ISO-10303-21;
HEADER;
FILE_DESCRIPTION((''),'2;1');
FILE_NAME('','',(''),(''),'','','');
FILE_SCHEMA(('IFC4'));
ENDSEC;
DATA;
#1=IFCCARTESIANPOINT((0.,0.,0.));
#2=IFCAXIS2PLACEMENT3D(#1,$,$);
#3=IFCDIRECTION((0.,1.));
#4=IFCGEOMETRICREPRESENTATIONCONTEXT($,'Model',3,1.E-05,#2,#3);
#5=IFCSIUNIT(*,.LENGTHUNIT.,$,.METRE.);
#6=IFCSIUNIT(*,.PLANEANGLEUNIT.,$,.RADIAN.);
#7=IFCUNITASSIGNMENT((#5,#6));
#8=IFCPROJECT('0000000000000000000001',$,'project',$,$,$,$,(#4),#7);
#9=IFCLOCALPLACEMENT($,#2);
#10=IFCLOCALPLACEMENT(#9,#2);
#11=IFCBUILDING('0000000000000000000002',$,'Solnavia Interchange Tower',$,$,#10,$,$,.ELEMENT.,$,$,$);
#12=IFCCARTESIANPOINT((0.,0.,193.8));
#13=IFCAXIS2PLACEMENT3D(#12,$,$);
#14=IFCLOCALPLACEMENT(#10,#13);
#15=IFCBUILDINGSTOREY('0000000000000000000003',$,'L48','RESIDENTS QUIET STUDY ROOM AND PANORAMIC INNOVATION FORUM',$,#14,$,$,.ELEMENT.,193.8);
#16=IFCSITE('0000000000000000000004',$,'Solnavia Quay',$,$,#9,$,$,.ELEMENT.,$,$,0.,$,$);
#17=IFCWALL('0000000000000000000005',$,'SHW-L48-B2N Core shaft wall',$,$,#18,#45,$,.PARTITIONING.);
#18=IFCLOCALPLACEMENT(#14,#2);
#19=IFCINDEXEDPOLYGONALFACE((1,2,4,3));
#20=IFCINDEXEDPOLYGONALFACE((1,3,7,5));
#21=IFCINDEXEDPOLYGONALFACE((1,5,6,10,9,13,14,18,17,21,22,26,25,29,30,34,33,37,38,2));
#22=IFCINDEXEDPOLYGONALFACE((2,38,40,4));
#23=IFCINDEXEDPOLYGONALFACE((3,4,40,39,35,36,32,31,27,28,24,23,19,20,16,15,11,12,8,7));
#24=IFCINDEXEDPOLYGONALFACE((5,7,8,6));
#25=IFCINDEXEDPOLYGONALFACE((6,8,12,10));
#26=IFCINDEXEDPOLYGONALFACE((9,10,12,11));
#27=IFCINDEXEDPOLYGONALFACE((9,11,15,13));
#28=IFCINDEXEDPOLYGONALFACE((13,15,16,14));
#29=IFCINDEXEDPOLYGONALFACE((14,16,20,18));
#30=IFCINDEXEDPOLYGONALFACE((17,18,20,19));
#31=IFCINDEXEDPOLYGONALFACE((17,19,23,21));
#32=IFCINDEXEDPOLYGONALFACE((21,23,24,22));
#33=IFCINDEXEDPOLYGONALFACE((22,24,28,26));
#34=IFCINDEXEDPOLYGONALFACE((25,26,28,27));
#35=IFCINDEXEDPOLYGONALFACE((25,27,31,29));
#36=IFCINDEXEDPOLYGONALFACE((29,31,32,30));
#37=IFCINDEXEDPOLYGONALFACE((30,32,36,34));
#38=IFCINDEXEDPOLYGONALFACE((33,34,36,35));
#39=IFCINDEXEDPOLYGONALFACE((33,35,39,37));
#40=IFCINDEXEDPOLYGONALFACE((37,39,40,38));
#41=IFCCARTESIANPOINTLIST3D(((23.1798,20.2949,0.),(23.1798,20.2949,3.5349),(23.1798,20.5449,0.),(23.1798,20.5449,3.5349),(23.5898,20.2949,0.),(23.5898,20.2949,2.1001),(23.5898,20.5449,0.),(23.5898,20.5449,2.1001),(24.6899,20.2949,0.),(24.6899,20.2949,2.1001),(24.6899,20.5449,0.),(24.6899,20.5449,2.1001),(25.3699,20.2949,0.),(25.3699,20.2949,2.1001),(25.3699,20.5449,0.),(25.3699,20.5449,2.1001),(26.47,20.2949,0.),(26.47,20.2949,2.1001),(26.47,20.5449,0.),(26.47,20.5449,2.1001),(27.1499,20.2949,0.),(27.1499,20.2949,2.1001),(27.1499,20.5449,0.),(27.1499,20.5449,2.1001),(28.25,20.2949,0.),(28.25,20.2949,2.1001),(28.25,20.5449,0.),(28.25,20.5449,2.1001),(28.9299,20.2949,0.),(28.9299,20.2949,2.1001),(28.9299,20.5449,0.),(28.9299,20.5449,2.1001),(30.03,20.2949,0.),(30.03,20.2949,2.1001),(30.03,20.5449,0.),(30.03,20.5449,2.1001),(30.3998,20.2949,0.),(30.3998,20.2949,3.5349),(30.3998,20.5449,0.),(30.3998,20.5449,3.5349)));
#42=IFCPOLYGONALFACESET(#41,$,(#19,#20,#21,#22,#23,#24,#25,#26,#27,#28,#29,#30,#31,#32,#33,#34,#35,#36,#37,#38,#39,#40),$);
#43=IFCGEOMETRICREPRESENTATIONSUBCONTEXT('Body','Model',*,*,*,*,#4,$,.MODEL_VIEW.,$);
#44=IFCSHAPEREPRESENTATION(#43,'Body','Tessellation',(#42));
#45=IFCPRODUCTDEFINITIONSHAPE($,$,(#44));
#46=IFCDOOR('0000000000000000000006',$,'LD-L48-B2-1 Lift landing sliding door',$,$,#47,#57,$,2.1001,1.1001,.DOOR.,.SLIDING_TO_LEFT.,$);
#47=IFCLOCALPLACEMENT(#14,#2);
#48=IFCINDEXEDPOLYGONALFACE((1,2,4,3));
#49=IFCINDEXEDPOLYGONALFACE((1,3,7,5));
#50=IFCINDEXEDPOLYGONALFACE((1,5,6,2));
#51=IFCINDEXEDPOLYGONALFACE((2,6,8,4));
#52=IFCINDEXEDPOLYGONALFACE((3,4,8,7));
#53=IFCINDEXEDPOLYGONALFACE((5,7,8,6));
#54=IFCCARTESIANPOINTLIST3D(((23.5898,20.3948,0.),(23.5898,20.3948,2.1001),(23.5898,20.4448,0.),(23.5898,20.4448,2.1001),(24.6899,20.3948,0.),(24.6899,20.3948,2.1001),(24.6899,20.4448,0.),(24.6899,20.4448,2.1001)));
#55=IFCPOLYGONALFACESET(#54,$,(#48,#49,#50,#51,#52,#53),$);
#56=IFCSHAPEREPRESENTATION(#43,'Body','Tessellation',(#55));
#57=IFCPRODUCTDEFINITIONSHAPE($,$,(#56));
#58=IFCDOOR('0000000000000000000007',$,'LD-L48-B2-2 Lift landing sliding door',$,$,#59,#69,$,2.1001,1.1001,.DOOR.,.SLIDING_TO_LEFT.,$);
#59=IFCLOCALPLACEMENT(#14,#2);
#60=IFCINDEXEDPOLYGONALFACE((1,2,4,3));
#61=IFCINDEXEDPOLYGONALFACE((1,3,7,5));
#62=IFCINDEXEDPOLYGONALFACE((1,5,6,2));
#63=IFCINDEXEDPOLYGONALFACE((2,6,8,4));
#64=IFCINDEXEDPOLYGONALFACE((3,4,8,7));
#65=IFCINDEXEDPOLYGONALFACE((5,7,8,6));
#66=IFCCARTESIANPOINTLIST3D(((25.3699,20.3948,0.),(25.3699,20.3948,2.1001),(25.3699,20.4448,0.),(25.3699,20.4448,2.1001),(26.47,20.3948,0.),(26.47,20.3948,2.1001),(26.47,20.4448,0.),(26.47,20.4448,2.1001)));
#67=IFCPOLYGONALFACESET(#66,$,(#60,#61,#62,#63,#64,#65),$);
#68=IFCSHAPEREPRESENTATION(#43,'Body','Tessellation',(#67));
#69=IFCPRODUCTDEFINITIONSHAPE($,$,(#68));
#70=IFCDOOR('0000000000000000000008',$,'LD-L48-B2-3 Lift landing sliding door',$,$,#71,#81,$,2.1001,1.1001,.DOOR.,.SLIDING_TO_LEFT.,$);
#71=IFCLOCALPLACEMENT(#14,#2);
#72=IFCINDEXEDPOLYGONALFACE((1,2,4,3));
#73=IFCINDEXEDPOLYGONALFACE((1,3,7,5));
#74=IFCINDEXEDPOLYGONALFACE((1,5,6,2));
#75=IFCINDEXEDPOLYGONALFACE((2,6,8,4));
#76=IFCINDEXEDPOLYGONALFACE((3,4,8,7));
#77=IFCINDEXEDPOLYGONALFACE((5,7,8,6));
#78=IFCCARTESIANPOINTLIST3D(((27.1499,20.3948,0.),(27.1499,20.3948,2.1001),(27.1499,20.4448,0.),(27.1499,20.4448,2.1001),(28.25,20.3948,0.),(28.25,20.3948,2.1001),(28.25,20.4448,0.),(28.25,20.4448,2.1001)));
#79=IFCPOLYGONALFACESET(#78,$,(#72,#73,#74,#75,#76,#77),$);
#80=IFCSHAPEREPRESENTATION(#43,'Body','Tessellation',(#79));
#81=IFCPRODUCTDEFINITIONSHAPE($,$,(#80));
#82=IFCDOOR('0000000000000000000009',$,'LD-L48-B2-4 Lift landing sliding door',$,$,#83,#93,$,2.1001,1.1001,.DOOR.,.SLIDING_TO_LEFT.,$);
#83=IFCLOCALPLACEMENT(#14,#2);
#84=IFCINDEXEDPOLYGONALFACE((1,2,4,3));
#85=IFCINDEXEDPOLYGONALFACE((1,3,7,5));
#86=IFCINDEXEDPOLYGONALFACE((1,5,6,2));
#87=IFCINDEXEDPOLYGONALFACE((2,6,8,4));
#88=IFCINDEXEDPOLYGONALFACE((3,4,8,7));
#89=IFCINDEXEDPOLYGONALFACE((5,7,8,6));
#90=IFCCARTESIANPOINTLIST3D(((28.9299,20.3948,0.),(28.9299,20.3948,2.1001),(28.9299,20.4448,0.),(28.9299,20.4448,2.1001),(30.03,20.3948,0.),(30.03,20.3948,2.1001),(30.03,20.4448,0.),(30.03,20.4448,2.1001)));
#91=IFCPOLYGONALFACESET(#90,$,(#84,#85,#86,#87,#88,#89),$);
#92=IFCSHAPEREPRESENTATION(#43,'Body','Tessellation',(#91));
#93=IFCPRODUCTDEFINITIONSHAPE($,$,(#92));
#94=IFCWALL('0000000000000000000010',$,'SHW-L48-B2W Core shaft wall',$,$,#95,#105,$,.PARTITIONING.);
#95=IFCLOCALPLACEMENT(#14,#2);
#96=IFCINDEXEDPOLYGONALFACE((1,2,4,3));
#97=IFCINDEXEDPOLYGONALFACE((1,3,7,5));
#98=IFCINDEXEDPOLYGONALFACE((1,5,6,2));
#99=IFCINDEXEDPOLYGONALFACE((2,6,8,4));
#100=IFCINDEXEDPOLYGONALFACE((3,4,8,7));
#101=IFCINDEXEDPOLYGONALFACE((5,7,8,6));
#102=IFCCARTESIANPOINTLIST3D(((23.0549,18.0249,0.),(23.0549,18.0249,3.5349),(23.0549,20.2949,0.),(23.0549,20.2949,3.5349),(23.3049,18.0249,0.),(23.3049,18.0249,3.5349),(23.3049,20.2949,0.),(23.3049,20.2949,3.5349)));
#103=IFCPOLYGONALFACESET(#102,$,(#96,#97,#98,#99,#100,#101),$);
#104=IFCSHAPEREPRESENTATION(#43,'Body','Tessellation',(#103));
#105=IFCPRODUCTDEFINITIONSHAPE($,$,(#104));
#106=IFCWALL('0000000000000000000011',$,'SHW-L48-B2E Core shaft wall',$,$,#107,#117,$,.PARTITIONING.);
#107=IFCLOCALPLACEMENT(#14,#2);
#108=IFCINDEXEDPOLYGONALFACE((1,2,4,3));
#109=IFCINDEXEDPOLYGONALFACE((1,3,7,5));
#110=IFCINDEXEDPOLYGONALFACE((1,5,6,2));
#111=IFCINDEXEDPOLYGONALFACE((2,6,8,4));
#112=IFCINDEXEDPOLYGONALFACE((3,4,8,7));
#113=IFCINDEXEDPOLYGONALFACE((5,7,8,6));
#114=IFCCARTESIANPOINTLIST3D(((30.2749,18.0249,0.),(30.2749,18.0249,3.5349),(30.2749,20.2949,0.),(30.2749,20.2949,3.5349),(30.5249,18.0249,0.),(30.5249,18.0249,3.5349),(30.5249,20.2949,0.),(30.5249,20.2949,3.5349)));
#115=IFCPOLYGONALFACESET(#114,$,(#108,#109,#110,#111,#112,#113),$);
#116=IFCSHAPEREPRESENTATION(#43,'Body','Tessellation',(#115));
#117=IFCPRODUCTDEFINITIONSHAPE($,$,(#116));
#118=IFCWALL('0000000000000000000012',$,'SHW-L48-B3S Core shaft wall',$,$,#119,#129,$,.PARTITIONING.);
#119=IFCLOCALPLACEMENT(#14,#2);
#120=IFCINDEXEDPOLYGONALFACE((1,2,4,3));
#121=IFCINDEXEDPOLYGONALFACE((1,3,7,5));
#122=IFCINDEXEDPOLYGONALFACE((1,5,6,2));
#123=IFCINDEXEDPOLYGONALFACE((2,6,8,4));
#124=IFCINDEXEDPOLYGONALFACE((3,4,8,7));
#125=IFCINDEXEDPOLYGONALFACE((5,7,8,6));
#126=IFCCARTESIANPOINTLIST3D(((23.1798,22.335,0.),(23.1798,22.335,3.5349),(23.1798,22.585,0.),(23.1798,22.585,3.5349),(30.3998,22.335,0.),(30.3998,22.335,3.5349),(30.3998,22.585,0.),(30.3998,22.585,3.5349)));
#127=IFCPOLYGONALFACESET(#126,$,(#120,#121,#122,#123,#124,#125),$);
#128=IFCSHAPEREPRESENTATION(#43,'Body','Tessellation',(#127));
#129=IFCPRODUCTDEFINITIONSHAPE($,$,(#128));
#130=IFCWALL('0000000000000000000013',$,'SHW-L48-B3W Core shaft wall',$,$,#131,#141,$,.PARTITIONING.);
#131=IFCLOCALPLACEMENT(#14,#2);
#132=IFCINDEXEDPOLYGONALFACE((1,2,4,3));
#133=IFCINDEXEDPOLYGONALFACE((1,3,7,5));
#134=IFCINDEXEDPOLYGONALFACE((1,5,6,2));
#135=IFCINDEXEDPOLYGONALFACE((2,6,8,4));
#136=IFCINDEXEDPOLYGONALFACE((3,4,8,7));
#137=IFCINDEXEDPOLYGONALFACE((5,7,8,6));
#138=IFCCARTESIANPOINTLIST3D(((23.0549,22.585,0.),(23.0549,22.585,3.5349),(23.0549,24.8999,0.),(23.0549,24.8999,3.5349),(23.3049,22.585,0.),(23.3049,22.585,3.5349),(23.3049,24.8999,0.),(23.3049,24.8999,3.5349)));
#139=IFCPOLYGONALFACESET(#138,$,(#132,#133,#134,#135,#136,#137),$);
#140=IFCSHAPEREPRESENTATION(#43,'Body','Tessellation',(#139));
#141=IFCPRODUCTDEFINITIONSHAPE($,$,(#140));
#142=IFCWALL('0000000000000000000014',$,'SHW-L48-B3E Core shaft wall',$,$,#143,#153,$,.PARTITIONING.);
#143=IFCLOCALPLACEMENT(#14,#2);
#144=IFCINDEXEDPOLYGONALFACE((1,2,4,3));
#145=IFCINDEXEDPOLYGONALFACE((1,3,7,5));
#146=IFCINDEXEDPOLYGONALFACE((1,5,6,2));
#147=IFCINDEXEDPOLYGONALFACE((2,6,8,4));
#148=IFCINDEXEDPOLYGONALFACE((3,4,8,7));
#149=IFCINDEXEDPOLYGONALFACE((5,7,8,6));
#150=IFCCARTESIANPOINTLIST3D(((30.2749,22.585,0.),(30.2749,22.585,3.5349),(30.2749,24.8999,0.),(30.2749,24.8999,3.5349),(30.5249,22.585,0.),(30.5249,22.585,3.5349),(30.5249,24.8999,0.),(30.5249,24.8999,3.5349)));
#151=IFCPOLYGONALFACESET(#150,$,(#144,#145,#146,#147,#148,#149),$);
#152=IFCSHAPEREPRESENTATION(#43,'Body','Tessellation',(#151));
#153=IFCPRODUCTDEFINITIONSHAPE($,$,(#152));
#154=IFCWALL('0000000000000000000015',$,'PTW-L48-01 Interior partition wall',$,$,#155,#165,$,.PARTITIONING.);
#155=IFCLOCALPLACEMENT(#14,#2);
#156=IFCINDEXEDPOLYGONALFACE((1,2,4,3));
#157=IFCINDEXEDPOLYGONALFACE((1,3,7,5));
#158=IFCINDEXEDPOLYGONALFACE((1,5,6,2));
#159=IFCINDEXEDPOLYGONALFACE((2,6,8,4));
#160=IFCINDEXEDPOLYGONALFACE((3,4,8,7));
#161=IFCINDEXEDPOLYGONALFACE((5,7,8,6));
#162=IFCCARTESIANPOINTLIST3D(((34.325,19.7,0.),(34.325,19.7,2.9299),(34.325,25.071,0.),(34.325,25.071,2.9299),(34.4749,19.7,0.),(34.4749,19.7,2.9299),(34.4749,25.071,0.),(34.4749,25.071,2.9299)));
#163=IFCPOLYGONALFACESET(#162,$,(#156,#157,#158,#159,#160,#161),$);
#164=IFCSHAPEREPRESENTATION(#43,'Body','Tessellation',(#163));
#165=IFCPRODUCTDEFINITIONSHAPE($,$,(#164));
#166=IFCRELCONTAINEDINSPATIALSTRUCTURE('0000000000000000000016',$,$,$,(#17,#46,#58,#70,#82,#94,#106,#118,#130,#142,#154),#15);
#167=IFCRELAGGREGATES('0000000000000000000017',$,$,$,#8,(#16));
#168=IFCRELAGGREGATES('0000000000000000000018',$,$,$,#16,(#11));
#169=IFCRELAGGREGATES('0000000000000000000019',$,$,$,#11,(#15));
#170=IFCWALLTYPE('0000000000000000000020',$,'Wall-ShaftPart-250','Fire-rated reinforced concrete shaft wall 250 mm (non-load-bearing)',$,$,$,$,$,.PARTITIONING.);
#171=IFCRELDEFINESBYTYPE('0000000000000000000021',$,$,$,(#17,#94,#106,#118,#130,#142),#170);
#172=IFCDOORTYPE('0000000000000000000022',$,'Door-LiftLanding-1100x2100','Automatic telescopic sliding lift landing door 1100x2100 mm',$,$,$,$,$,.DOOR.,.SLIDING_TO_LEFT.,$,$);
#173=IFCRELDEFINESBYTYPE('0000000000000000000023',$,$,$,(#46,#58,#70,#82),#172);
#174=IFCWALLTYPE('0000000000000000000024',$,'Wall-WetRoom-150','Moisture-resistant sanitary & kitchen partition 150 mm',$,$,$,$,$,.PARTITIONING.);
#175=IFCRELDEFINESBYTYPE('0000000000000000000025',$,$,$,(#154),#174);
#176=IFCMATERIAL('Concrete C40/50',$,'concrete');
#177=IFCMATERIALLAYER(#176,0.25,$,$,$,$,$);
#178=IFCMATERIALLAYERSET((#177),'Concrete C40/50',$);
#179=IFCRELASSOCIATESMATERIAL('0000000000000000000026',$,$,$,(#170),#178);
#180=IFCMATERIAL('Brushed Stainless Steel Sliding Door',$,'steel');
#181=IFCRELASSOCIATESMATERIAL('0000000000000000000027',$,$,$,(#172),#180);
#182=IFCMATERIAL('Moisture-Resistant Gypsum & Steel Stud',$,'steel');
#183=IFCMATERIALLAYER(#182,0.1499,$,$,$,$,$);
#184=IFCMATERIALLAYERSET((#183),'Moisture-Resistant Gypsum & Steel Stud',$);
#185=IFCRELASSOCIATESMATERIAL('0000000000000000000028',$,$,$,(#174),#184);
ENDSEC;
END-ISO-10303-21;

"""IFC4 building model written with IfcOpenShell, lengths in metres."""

from ifc_helpers import new_model, si_unit, direction, frame, frame_2d, origin, place, context, subcontext, project, spatial, rectangle, extrude, material, layer, layer_set, type_object, element, fill, save


model = new_model("IFC4")

# Units and contexts
model_context = context("Model", 3, precision=1e-05, world=origin(), true_north=direction((0.0, 1.0)))
body_context = subcontext(model_context, "Body", "Model", "MODEL_VIEW")
ifc_project = project(units=[si_unit("LENGTHUNIT", "METRE"), si_unit("PLANEANGLEUNIT", "RADIAN")], contexts=[model_context])

# Site, building, storey
site_placement = place(None, origin())
site = spatial("IfcSite", under=ifc_project, at=site_placement, Name="Solnavia Quay", CompositionType="ELEMENT", RefElevation=0.0)
building_placement = place(site_placement, origin())
building = spatial("IfcBuilding", under=site, at=building_placement, Name="Solnavia Interchange Tower", CompositionType="ELEMENT")
storey_placement = place(building_placement, frame((0.0, 0.0, 193.8)))
storey = spatial("IfcBuildingStorey", under=building, at=storey_placement, Name="L48", Description="RESIDENTS QUIET STUDY ROOM AND PANORAMIC INNOVATION FORUM", CompositionType="ELEMENT", Elevation=193.8)

# Shared definitions
ifc_material_1 = material(Name="Concrete C40/50", Category="concrete")

# Shared definitions
ifc_layer_1 = layer(ifc_material_1, 0.25)
ifc_layer_set_1 = layer_set([ifc_layer_1], Name="Concrete C40/50")
wall_type_1 = type_object("IfcWallType", Name="Wall-ShaftPart-250", Description="Fire-rated reinforced concrete shaft wall 250 mm (non-load-bearing)", PredefinedType="PARTITIONING", material=ifc_layer_set_1)

# Shared definitions
ifc_material_2 = material(Name="Brushed Stainless Steel Sliding Door", Category="steel")
door_type_1 = type_object("IfcDoorType", Name="Door-LiftLanding-1100x2100", Description="Automatic telescopic sliding lift landing door 1100x2100 mm", OperationType="SLIDING_TO_LEFT", PredefinedType="DOOR", material=ifc_material_2)

# Wall, openings, doors
wall_1_placement = place(storey_placement, frame((23.1799, 20.4199, 0.0), z_axis=(0.0, 0.0, 1.0), x_axis=(1.0, 0.0, 0.0)))
wall_1 = element("IfcWall", 1, at=wall_1_placement, inside=storey, type_object=wall_type_1, Name="SHW-L48-B2N Core shaft wall", PredefinedType="PARTITIONING", context=body_context, shape_type="SweptSolid", body=[
    extrude(rectangle(XDim=7.22, YDim=0.25, at=frame_2d((3.6099, 0.0))), origin(), (0.0, 0.0, 1.0), 3.5349),
])
opening_1_placement = place(wall_1_placement, frame((0.4099, 0.0, 0.0)))
opening_1 = element("IfcOpeningElement", 2, at=opening_1_placement, cuts=wall_1, PredefinedType="OPENING", context=body_context, shape_type="SweptSolid", body=[
    extrude(rectangle(XDim=1.1001, YDim=2.1001, at=frame_2d((0.55, 1.05))), frame((0.0, 0.135, 0.0), z_axis=(0.0, -1.0, 0.0), x_axis=(1.0, 0.0, 0.0)), (0.0, 0.0, 1.0), 0.27),
])
opening_2_placement = place(wall_1_placement, frame((2.1899, 0.0, 0.0)))
opening_2 = element("IfcOpeningElement", 3, at=opening_2_placement, cuts=wall_1, PredefinedType="OPENING", context=body_context, shape_type="SweptSolid", body=[
    extrude(rectangle(XDim=1.1001, YDim=2.1001, at=frame_2d((0.55, 1.05))), frame((0.0, 0.135, 0.0), z_axis=(0.0, -1.0, 0.0), x_axis=(1.0, 0.0, 0.0)), (0.0, 0.0, 1.0), 0.27),
])
opening_3_placement = place(wall_1_placement, frame((3.97, 0.0, 0.0)))
opening_3 = element("IfcOpeningElement", 4, at=opening_3_placement, cuts=wall_1, PredefinedType="OPENING", context=body_context, shape_type="SweptSolid", body=[
    extrude(rectangle(XDim=1.1001, YDim=2.1001, at=frame_2d((0.55, 1.05))), frame((0.0, 0.135, 0.0), z_axis=(0.0, -1.0, 0.0), x_axis=(1.0, 0.0, 0.0)), (0.0, 0.0, 1.0), 0.27),
])
opening_4_placement = place(wall_1_placement, frame((5.75, 0.0, 0.0)))
opening_4 = element("IfcOpeningElement", 5, at=opening_4_placement, cuts=wall_1, PredefinedType="OPENING", context=body_context, shape_type="SweptSolid", body=[
    extrude(rectangle(XDim=1.1001, YDim=2.1001, at=frame_2d((0.55, 1.05))), frame((0.0, 0.135, 0.0), z_axis=(0.0, -1.0, 0.0), x_axis=(1.0, 0.0, 0.0)), (0.0, 0.0, 1.0), 0.27),
])
door_1_placement = place(opening_1_placement, origin())
door_1 = element("IfcDoor", 6, at=door_1_placement, inside=storey, type_object=door_type_1, Name="LD-L48-B2-1 Lift landing sliding door", OperationType="SLIDING_TO_LEFT", OverallHeight=2.1001, OverallWidth=1.1001, PredefinedType="DOOR", context=body_context, shape_type="SweptSolid", body=[
    extrude(rectangle(XDim=1.1001, YDim=2.1001, at=frame_2d((0.55, 1.05))), frame((0.0, 0.0249, 0.0), z_axis=(0.0, -1.0, 0.0), x_axis=(1.0, 0.0, 0.0)), (0.0, 0.0, 1.0), 0.05),
])
fill(opening_1, door_1)
door_2_placement = place(opening_2_placement, origin())
door_2 = element("IfcDoor", 7, at=door_2_placement, inside=storey, type_object=door_type_1, Name="LD-L48-B2-2 Lift landing sliding door", OperationType="SLIDING_TO_LEFT", OverallHeight=2.1001, OverallWidth=1.1001, PredefinedType="DOOR", context=body_context, shape_type="SweptSolid", body=[
    extrude(rectangle(XDim=1.1001, YDim=2.1001, at=frame_2d((0.55, 1.05))), frame((0.0, 0.0249, 0.0), z_axis=(0.0, -1.0, 0.0), x_axis=(1.0, 0.0, 0.0)), (0.0, 0.0, 1.0), 0.05),
])
fill(opening_2, door_2)
door_3_placement = place(opening_3_placement, origin())
door_3 = element("IfcDoor", 8, at=door_3_placement, inside=storey, type_object=door_type_1, Name="LD-L48-B2-3 Lift landing sliding door", OperationType="SLIDING_TO_LEFT", OverallHeight=2.1001, OverallWidth=1.1001, PredefinedType="DOOR", context=body_context, shape_type="SweptSolid", body=[
    extrude(rectangle(XDim=1.1001, YDim=2.1001, at=frame_2d((0.55, 1.05))), frame((0.0, 0.0249, 0.0), z_axis=(0.0, -1.0, 0.0), x_axis=(1.0, 0.0, 0.0)), (0.0, 0.0, 1.0), 0.05),
])
fill(opening_3, door_3)
door_4_placement = place(opening_4_placement, origin())
door_4 = element("IfcDoor", 9, at=door_4_placement, inside=storey, type_object=door_type_1, Name="LD-L48-B2-4 Lift landing sliding door", OperationType="SLIDING_TO_LEFT", OverallHeight=2.1001, OverallWidth=1.1001, PredefinedType="DOOR", context=body_context, shape_type="SweptSolid", body=[
    extrude(rectangle(XDim=1.1001, YDim=2.1001, at=frame_2d((0.55, 1.05))), frame((0.0, 0.0249, 0.0), z_axis=(0.0, -1.0, 0.0), x_axis=(1.0, 0.0, 0.0)), (0.0, 0.0, 1.0), 0.05),
])
fill(opening_4, door_4)

# Walls
for number, where, z_axis, x_axis, name in (
    (10, (23.1799, 18.0249, 0.0), (0.0, 0.0, 1.0), (0.0, 1.0, 0.0), "SHW-L48-B2W Core shaft wall"),
    (11, (30.3999, 18.0249, 0.0), (0.0, 0.0, 1.0), (0.0, 1.0, 0.0), "SHW-L48-B2E Core shaft wall"),
):
    element("IfcWall", number, at=place(storey_placement, frame(where, z_axis=z_axis, x_axis=x_axis)), inside=storey, type_object=wall_type_1, Name=name, PredefinedType="PARTITIONING", context=body_context, shape_type="SweptSolid", body=[
        extrude(rectangle(XDim=2.27, YDim=0.25, at=frame_2d((1.135, 0.0))), origin(), (0.0, 0.0, 1.0), 3.5349),
    ])
wall_2_placement = place(storey_placement, frame((23.1799, 22.46, 0.0), z_axis=(0.0, 0.0, 1.0), x_axis=(1.0, 0.0, 0.0)))
element("IfcWall", 12, at=wall_2_placement, inside=storey, type_object=wall_type_1, Name="SHW-L48-B3S Core shaft wall", PredefinedType="PARTITIONING", context=body_context, shape_type="SweptSolid", body=[
    extrude(rectangle(XDim=7.22, YDim=0.25, at=frame_2d((3.6099, 0.0))), origin(), (0.0, 0.0, 1.0), 3.5349),
])
for number, where, z_axis, x_axis, name in (
    (13, (23.1799, 22.585, 0.0), (0.0, 0.0, 1.0), (0.0, 1.0, 0.0), "SHW-L48-B3W Core shaft wall"),
    (14, (30.3999, 22.585, 0.0), (0.0, 0.0, 1.0), (0.0, 1.0, 0.0), "SHW-L48-B3E Core shaft wall"),
):
    element("IfcWall", number, at=place(storey_placement, frame(where, z_axis=z_axis, x_axis=x_axis)), inside=storey, type_object=wall_type_1, Name=name, PredefinedType="PARTITIONING", context=body_context, shape_type="SweptSolid", body=[
        extrude(rectangle(XDim=2.3149, YDim=0.25, at=frame_2d((1.1575, 0.0))), origin(), (0.0, 0.0, 1.0), 3.5349),
    ])
ifc_material_3 = material(Name="Moisture-Resistant Gypsum & Steel Stud", Category="steel")
ifc_layer_2 = layer(ifc_material_3, 0.1499)
ifc_layer_set_2 = layer_set([ifc_layer_2], Name="Moisture-Resistant Gypsum & Steel Stud")
wall_type_2 = type_object("IfcWallType", Name="Wall-WetRoom-150", Description="Moisture-resistant sanitary & kitchen partition 150 mm", PredefinedType="PARTITIONING", material=ifc_layer_set_2)
wall_3_placement = place(storey_placement, frame((34.3999, 19.7, 0.0), z_axis=(0.0, 0.0, 1.0), x_axis=(0.0, 1.0, 0.0)))
element("IfcWall", 15, at=wall_3_placement, inside=storey, type_object=wall_type_2, Name="PTW-L48-01 Interior partition wall", PredefinedType="PARTITIONING", context=body_context, shape_type="SweptSolid", body=[
    extrude(rectangle(XDim=5.3711, YDim=0.1499, at=frame_2d((2.6855, 0.0))), origin(), (0.0, 0.0, 1.0), 2.9299),
])

save(model, "model.ifc")
